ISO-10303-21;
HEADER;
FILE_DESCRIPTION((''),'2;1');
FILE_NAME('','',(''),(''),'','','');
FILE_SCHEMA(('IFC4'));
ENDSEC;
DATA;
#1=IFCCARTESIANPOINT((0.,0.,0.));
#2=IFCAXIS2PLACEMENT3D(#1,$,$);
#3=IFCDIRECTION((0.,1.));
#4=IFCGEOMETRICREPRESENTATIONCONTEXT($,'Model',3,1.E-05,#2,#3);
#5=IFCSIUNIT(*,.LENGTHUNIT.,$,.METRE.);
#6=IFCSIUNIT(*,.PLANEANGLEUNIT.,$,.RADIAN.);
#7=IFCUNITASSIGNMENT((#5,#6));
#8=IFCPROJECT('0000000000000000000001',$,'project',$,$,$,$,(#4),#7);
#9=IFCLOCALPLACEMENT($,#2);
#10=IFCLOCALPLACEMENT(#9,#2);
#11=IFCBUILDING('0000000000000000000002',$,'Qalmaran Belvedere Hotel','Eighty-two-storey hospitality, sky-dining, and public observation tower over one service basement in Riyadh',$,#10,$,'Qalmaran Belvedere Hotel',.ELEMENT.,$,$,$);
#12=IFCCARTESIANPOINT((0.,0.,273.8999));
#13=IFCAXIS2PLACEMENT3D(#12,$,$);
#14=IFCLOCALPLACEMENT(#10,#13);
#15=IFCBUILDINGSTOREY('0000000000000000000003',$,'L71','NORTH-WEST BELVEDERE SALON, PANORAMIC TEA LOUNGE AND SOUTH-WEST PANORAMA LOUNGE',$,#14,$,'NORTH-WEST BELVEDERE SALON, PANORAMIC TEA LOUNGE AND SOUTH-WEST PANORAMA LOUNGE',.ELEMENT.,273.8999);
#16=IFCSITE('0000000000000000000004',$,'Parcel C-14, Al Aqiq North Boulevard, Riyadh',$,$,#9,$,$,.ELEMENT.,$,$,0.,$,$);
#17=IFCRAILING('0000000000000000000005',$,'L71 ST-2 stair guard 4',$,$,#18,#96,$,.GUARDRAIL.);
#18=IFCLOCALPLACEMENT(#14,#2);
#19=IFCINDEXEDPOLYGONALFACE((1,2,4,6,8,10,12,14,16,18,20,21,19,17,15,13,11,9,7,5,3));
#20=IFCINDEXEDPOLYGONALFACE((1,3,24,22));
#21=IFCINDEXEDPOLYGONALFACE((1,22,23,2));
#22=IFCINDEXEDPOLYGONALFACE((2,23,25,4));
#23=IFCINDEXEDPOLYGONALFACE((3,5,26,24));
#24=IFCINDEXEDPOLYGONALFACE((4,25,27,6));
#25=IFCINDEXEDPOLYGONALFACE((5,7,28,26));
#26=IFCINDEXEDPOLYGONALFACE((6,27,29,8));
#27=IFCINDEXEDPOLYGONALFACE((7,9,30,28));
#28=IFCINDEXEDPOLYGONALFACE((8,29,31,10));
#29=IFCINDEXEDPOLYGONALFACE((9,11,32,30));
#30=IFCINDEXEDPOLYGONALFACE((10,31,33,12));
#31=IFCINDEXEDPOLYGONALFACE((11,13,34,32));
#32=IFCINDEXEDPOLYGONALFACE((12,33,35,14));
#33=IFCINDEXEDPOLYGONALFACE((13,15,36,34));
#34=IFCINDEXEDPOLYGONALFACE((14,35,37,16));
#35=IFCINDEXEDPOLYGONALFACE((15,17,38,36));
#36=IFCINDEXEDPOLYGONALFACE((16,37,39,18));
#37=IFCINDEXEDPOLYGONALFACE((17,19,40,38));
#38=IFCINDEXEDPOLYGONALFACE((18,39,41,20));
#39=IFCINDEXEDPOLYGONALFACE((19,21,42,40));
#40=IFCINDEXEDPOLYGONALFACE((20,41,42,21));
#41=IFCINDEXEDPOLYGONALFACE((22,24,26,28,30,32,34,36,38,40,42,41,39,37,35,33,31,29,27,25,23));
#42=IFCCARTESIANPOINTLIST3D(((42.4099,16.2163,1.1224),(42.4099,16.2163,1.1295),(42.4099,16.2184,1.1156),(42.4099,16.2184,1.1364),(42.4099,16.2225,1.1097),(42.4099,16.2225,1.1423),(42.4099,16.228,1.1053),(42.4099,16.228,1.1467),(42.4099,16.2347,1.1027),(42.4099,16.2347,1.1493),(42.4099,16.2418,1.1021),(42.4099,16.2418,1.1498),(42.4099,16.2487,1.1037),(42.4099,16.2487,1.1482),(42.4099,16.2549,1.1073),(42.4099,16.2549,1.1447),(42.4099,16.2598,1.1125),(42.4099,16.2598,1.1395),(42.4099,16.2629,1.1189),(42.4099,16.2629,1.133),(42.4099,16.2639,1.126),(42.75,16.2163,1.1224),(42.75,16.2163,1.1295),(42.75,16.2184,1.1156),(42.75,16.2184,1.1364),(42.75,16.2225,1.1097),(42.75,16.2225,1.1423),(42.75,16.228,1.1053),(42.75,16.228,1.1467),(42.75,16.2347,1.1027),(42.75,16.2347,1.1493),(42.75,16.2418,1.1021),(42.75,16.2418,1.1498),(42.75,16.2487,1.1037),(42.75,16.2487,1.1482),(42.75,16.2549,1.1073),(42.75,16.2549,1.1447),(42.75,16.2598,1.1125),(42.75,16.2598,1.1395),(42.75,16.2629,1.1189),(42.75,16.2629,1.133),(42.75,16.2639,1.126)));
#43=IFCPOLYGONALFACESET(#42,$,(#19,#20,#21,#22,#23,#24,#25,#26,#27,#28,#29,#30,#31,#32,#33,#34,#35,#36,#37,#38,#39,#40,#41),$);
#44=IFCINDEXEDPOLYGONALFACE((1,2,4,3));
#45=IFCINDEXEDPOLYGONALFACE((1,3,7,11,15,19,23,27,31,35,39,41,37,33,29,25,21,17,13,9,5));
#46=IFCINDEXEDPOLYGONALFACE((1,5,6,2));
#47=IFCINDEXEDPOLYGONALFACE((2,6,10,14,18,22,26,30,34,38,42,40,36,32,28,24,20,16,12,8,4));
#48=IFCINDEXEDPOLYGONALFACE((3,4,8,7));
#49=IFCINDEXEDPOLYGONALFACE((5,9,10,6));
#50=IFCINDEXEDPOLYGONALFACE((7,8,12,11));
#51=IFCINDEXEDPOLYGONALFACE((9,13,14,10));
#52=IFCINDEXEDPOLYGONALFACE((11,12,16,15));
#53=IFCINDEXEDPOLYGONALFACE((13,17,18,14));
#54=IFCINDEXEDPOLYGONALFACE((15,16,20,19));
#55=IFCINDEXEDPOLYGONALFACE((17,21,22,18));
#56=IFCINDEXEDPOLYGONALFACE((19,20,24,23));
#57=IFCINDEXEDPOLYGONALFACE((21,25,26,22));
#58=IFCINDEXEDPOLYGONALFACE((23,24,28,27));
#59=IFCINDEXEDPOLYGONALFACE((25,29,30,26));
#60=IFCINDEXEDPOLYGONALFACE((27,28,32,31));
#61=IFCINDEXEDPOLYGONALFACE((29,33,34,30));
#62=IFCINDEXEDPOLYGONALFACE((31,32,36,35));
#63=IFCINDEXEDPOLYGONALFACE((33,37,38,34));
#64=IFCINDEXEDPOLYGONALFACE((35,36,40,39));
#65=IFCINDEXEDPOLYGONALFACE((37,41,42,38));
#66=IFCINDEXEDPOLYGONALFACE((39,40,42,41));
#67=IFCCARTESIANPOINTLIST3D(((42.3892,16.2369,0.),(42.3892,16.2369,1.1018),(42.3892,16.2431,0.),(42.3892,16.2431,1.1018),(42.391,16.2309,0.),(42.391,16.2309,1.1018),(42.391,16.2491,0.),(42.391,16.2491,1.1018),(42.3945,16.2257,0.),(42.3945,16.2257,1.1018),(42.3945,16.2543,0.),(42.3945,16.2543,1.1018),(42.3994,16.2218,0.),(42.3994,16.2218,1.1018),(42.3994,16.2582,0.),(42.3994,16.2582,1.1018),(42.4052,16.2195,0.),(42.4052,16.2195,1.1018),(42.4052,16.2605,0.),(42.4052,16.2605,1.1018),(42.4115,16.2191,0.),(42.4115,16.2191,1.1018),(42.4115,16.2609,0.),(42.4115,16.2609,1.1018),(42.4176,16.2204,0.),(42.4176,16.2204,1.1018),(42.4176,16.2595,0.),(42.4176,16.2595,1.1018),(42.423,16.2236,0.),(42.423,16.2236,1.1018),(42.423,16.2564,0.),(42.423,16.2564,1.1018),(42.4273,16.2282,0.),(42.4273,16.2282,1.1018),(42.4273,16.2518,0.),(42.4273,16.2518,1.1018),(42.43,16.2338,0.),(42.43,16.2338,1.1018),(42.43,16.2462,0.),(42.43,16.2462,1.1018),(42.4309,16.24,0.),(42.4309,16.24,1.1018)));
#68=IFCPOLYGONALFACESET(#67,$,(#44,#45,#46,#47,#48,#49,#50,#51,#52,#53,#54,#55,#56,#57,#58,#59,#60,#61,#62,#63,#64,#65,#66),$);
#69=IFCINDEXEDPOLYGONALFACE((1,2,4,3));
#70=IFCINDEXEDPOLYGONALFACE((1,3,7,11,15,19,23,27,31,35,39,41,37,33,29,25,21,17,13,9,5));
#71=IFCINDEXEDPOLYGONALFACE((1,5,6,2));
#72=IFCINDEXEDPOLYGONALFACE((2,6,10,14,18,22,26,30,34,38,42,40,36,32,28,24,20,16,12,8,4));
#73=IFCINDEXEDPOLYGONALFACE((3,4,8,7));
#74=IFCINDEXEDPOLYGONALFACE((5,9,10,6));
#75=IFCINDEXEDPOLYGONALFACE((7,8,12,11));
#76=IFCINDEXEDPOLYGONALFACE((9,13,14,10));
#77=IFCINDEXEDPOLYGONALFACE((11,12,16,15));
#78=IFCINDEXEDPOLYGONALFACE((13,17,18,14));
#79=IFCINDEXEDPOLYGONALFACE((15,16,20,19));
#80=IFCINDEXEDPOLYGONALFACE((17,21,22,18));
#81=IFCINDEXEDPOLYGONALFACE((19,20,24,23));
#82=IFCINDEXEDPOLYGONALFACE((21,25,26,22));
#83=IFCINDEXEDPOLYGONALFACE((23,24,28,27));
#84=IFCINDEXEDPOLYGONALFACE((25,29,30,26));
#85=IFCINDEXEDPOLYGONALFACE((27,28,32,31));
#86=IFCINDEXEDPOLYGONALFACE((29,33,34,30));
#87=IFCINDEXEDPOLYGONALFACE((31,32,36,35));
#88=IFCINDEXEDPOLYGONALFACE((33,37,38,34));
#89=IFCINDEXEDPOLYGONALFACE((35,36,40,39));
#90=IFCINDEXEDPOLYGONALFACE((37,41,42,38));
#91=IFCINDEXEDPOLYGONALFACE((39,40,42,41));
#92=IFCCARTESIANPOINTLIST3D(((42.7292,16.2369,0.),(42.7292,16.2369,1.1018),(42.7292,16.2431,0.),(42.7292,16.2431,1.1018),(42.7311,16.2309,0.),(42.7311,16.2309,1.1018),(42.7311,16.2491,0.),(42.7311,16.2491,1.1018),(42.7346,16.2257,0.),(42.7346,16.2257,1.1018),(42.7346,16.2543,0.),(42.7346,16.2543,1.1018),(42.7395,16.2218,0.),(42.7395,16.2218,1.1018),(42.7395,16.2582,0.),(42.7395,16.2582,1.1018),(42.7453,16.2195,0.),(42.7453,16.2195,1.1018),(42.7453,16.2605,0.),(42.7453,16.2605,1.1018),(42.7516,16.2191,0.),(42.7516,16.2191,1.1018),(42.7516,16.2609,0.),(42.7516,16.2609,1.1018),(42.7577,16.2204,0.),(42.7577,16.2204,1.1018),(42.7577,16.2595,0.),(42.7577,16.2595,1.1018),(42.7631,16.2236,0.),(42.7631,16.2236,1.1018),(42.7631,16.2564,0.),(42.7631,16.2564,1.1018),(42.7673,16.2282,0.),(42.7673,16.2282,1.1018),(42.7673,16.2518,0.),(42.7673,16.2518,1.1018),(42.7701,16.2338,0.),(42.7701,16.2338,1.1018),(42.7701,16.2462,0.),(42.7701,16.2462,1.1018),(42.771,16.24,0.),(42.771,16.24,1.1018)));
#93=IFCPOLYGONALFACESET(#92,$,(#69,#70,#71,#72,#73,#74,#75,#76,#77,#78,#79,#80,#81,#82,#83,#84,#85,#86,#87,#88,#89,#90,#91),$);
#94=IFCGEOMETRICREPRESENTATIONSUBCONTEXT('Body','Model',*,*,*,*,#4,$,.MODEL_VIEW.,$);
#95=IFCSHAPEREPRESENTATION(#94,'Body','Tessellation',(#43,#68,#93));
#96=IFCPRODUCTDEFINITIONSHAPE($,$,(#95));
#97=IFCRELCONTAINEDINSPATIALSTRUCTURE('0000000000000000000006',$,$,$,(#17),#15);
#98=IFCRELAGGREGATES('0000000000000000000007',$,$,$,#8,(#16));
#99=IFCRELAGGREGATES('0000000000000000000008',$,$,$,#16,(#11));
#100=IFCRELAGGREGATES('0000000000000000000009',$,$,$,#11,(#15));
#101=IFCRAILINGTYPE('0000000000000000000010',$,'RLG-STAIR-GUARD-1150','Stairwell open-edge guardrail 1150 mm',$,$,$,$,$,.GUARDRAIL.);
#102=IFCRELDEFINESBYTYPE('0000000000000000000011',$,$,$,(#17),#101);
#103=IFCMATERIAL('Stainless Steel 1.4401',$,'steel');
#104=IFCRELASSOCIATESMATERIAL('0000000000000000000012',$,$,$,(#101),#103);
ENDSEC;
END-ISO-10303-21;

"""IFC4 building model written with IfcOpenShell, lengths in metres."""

from ifc_helpers import new_model, si_unit, direction, frame, origin, origin_2d, place, context, subcontext, project, spatial, circle, extrude, material, type_object, element, save


model = new_model("IFC4")

# Units and contexts
model_context = context("Model", 3, precision=1e-05, world=origin(), true_north=direction((0.0, 1.0)))
body_context = subcontext(model_context, "Body", "Model", "MODEL_VIEW")
ifc_project = project(units=[si_unit("LENGTHUNIT", "METRE"), si_unit("PLANEANGLEUNIT", "RADIAN")], contexts=[model_context])

# Site, building, storey
site_placement = place(None, origin())
site = spatial("IfcSite", under=ifc_project, at=site_placement, Name="Parcel C-14, Al Aqiq North Boulevard, Riyadh", CompositionType="ELEMENT", RefElevation=0.0)
building_placement = place(site_placement, origin())
building = spatial("IfcBuilding", under=site, at=building_placement, Name="Qalmaran Belvedere Hotel", Description="Eighty-two-storey hospitality, sky-dining, and public observation tower over one service basement in Riyadh", LongName="Qalmaran Belvedere Hotel", CompositionType="ELEMENT")
storey_placement = place(building_placement, frame((0.0, 0.0, 273.8999)))
storey = spatial("IfcBuildingStorey", under=building, at=storey_placement, Name="L71", Description="NORTH-WEST BELVEDERE SALON, PANORAMIC TEA LOUNGE AND SOUTH-WEST PANORAMA LOUNGE", LongName="NORTH-WEST BELVEDERE SALON, PANORAMIC TEA LOUNGE AND SOUTH-WEST PANORAMA LOUNGE", CompositionType="ELEMENT", Elevation=273.8999)

# Railing
ifc_material_1 = material(Name="Stainless Steel 1.4401", Category="steel")
railing_type_1 = type_object("IfcRailingType", Name="RLG-STAIR-GUARD-1150", Description="Stairwell open-edge guardrail 1150 mm", PredefinedType="GUARDRAIL", material=ifc_material_1)
railing_1_placement = place(storey_placement, frame((42.4099, 16.24, 0.0)))
element("IfcRailing", 1, at=railing_1_placement, inside=storey, type_object=railing_type_1, Name="L71 ST-2 stair guard 4", PredefinedType="GUARDRAIL", context=body_context, shape_type="SweptSolid", body=[
    extrude(circle(Radius=0.0239, at=origin_2d()), frame((0.0, 0.0, 1.126), z_axis=(1.0, 0.0, 0.0), x_axis=(0.0, 1.0, 0.0)), (0.0, 0.0, 1.0), 0.3401),
    extrude(circle(Radius=0.021, at=origin_2d()), origin(), (0.0, 0.0, 1.0), 1.1018),
    extrude(circle(Radius=0.021, at=origin_2d()), frame((0.3401, 0.0, 0.0)), (0.0, 0.0, 1.0), 1.1018),
])

save(model, "model.ifc")
